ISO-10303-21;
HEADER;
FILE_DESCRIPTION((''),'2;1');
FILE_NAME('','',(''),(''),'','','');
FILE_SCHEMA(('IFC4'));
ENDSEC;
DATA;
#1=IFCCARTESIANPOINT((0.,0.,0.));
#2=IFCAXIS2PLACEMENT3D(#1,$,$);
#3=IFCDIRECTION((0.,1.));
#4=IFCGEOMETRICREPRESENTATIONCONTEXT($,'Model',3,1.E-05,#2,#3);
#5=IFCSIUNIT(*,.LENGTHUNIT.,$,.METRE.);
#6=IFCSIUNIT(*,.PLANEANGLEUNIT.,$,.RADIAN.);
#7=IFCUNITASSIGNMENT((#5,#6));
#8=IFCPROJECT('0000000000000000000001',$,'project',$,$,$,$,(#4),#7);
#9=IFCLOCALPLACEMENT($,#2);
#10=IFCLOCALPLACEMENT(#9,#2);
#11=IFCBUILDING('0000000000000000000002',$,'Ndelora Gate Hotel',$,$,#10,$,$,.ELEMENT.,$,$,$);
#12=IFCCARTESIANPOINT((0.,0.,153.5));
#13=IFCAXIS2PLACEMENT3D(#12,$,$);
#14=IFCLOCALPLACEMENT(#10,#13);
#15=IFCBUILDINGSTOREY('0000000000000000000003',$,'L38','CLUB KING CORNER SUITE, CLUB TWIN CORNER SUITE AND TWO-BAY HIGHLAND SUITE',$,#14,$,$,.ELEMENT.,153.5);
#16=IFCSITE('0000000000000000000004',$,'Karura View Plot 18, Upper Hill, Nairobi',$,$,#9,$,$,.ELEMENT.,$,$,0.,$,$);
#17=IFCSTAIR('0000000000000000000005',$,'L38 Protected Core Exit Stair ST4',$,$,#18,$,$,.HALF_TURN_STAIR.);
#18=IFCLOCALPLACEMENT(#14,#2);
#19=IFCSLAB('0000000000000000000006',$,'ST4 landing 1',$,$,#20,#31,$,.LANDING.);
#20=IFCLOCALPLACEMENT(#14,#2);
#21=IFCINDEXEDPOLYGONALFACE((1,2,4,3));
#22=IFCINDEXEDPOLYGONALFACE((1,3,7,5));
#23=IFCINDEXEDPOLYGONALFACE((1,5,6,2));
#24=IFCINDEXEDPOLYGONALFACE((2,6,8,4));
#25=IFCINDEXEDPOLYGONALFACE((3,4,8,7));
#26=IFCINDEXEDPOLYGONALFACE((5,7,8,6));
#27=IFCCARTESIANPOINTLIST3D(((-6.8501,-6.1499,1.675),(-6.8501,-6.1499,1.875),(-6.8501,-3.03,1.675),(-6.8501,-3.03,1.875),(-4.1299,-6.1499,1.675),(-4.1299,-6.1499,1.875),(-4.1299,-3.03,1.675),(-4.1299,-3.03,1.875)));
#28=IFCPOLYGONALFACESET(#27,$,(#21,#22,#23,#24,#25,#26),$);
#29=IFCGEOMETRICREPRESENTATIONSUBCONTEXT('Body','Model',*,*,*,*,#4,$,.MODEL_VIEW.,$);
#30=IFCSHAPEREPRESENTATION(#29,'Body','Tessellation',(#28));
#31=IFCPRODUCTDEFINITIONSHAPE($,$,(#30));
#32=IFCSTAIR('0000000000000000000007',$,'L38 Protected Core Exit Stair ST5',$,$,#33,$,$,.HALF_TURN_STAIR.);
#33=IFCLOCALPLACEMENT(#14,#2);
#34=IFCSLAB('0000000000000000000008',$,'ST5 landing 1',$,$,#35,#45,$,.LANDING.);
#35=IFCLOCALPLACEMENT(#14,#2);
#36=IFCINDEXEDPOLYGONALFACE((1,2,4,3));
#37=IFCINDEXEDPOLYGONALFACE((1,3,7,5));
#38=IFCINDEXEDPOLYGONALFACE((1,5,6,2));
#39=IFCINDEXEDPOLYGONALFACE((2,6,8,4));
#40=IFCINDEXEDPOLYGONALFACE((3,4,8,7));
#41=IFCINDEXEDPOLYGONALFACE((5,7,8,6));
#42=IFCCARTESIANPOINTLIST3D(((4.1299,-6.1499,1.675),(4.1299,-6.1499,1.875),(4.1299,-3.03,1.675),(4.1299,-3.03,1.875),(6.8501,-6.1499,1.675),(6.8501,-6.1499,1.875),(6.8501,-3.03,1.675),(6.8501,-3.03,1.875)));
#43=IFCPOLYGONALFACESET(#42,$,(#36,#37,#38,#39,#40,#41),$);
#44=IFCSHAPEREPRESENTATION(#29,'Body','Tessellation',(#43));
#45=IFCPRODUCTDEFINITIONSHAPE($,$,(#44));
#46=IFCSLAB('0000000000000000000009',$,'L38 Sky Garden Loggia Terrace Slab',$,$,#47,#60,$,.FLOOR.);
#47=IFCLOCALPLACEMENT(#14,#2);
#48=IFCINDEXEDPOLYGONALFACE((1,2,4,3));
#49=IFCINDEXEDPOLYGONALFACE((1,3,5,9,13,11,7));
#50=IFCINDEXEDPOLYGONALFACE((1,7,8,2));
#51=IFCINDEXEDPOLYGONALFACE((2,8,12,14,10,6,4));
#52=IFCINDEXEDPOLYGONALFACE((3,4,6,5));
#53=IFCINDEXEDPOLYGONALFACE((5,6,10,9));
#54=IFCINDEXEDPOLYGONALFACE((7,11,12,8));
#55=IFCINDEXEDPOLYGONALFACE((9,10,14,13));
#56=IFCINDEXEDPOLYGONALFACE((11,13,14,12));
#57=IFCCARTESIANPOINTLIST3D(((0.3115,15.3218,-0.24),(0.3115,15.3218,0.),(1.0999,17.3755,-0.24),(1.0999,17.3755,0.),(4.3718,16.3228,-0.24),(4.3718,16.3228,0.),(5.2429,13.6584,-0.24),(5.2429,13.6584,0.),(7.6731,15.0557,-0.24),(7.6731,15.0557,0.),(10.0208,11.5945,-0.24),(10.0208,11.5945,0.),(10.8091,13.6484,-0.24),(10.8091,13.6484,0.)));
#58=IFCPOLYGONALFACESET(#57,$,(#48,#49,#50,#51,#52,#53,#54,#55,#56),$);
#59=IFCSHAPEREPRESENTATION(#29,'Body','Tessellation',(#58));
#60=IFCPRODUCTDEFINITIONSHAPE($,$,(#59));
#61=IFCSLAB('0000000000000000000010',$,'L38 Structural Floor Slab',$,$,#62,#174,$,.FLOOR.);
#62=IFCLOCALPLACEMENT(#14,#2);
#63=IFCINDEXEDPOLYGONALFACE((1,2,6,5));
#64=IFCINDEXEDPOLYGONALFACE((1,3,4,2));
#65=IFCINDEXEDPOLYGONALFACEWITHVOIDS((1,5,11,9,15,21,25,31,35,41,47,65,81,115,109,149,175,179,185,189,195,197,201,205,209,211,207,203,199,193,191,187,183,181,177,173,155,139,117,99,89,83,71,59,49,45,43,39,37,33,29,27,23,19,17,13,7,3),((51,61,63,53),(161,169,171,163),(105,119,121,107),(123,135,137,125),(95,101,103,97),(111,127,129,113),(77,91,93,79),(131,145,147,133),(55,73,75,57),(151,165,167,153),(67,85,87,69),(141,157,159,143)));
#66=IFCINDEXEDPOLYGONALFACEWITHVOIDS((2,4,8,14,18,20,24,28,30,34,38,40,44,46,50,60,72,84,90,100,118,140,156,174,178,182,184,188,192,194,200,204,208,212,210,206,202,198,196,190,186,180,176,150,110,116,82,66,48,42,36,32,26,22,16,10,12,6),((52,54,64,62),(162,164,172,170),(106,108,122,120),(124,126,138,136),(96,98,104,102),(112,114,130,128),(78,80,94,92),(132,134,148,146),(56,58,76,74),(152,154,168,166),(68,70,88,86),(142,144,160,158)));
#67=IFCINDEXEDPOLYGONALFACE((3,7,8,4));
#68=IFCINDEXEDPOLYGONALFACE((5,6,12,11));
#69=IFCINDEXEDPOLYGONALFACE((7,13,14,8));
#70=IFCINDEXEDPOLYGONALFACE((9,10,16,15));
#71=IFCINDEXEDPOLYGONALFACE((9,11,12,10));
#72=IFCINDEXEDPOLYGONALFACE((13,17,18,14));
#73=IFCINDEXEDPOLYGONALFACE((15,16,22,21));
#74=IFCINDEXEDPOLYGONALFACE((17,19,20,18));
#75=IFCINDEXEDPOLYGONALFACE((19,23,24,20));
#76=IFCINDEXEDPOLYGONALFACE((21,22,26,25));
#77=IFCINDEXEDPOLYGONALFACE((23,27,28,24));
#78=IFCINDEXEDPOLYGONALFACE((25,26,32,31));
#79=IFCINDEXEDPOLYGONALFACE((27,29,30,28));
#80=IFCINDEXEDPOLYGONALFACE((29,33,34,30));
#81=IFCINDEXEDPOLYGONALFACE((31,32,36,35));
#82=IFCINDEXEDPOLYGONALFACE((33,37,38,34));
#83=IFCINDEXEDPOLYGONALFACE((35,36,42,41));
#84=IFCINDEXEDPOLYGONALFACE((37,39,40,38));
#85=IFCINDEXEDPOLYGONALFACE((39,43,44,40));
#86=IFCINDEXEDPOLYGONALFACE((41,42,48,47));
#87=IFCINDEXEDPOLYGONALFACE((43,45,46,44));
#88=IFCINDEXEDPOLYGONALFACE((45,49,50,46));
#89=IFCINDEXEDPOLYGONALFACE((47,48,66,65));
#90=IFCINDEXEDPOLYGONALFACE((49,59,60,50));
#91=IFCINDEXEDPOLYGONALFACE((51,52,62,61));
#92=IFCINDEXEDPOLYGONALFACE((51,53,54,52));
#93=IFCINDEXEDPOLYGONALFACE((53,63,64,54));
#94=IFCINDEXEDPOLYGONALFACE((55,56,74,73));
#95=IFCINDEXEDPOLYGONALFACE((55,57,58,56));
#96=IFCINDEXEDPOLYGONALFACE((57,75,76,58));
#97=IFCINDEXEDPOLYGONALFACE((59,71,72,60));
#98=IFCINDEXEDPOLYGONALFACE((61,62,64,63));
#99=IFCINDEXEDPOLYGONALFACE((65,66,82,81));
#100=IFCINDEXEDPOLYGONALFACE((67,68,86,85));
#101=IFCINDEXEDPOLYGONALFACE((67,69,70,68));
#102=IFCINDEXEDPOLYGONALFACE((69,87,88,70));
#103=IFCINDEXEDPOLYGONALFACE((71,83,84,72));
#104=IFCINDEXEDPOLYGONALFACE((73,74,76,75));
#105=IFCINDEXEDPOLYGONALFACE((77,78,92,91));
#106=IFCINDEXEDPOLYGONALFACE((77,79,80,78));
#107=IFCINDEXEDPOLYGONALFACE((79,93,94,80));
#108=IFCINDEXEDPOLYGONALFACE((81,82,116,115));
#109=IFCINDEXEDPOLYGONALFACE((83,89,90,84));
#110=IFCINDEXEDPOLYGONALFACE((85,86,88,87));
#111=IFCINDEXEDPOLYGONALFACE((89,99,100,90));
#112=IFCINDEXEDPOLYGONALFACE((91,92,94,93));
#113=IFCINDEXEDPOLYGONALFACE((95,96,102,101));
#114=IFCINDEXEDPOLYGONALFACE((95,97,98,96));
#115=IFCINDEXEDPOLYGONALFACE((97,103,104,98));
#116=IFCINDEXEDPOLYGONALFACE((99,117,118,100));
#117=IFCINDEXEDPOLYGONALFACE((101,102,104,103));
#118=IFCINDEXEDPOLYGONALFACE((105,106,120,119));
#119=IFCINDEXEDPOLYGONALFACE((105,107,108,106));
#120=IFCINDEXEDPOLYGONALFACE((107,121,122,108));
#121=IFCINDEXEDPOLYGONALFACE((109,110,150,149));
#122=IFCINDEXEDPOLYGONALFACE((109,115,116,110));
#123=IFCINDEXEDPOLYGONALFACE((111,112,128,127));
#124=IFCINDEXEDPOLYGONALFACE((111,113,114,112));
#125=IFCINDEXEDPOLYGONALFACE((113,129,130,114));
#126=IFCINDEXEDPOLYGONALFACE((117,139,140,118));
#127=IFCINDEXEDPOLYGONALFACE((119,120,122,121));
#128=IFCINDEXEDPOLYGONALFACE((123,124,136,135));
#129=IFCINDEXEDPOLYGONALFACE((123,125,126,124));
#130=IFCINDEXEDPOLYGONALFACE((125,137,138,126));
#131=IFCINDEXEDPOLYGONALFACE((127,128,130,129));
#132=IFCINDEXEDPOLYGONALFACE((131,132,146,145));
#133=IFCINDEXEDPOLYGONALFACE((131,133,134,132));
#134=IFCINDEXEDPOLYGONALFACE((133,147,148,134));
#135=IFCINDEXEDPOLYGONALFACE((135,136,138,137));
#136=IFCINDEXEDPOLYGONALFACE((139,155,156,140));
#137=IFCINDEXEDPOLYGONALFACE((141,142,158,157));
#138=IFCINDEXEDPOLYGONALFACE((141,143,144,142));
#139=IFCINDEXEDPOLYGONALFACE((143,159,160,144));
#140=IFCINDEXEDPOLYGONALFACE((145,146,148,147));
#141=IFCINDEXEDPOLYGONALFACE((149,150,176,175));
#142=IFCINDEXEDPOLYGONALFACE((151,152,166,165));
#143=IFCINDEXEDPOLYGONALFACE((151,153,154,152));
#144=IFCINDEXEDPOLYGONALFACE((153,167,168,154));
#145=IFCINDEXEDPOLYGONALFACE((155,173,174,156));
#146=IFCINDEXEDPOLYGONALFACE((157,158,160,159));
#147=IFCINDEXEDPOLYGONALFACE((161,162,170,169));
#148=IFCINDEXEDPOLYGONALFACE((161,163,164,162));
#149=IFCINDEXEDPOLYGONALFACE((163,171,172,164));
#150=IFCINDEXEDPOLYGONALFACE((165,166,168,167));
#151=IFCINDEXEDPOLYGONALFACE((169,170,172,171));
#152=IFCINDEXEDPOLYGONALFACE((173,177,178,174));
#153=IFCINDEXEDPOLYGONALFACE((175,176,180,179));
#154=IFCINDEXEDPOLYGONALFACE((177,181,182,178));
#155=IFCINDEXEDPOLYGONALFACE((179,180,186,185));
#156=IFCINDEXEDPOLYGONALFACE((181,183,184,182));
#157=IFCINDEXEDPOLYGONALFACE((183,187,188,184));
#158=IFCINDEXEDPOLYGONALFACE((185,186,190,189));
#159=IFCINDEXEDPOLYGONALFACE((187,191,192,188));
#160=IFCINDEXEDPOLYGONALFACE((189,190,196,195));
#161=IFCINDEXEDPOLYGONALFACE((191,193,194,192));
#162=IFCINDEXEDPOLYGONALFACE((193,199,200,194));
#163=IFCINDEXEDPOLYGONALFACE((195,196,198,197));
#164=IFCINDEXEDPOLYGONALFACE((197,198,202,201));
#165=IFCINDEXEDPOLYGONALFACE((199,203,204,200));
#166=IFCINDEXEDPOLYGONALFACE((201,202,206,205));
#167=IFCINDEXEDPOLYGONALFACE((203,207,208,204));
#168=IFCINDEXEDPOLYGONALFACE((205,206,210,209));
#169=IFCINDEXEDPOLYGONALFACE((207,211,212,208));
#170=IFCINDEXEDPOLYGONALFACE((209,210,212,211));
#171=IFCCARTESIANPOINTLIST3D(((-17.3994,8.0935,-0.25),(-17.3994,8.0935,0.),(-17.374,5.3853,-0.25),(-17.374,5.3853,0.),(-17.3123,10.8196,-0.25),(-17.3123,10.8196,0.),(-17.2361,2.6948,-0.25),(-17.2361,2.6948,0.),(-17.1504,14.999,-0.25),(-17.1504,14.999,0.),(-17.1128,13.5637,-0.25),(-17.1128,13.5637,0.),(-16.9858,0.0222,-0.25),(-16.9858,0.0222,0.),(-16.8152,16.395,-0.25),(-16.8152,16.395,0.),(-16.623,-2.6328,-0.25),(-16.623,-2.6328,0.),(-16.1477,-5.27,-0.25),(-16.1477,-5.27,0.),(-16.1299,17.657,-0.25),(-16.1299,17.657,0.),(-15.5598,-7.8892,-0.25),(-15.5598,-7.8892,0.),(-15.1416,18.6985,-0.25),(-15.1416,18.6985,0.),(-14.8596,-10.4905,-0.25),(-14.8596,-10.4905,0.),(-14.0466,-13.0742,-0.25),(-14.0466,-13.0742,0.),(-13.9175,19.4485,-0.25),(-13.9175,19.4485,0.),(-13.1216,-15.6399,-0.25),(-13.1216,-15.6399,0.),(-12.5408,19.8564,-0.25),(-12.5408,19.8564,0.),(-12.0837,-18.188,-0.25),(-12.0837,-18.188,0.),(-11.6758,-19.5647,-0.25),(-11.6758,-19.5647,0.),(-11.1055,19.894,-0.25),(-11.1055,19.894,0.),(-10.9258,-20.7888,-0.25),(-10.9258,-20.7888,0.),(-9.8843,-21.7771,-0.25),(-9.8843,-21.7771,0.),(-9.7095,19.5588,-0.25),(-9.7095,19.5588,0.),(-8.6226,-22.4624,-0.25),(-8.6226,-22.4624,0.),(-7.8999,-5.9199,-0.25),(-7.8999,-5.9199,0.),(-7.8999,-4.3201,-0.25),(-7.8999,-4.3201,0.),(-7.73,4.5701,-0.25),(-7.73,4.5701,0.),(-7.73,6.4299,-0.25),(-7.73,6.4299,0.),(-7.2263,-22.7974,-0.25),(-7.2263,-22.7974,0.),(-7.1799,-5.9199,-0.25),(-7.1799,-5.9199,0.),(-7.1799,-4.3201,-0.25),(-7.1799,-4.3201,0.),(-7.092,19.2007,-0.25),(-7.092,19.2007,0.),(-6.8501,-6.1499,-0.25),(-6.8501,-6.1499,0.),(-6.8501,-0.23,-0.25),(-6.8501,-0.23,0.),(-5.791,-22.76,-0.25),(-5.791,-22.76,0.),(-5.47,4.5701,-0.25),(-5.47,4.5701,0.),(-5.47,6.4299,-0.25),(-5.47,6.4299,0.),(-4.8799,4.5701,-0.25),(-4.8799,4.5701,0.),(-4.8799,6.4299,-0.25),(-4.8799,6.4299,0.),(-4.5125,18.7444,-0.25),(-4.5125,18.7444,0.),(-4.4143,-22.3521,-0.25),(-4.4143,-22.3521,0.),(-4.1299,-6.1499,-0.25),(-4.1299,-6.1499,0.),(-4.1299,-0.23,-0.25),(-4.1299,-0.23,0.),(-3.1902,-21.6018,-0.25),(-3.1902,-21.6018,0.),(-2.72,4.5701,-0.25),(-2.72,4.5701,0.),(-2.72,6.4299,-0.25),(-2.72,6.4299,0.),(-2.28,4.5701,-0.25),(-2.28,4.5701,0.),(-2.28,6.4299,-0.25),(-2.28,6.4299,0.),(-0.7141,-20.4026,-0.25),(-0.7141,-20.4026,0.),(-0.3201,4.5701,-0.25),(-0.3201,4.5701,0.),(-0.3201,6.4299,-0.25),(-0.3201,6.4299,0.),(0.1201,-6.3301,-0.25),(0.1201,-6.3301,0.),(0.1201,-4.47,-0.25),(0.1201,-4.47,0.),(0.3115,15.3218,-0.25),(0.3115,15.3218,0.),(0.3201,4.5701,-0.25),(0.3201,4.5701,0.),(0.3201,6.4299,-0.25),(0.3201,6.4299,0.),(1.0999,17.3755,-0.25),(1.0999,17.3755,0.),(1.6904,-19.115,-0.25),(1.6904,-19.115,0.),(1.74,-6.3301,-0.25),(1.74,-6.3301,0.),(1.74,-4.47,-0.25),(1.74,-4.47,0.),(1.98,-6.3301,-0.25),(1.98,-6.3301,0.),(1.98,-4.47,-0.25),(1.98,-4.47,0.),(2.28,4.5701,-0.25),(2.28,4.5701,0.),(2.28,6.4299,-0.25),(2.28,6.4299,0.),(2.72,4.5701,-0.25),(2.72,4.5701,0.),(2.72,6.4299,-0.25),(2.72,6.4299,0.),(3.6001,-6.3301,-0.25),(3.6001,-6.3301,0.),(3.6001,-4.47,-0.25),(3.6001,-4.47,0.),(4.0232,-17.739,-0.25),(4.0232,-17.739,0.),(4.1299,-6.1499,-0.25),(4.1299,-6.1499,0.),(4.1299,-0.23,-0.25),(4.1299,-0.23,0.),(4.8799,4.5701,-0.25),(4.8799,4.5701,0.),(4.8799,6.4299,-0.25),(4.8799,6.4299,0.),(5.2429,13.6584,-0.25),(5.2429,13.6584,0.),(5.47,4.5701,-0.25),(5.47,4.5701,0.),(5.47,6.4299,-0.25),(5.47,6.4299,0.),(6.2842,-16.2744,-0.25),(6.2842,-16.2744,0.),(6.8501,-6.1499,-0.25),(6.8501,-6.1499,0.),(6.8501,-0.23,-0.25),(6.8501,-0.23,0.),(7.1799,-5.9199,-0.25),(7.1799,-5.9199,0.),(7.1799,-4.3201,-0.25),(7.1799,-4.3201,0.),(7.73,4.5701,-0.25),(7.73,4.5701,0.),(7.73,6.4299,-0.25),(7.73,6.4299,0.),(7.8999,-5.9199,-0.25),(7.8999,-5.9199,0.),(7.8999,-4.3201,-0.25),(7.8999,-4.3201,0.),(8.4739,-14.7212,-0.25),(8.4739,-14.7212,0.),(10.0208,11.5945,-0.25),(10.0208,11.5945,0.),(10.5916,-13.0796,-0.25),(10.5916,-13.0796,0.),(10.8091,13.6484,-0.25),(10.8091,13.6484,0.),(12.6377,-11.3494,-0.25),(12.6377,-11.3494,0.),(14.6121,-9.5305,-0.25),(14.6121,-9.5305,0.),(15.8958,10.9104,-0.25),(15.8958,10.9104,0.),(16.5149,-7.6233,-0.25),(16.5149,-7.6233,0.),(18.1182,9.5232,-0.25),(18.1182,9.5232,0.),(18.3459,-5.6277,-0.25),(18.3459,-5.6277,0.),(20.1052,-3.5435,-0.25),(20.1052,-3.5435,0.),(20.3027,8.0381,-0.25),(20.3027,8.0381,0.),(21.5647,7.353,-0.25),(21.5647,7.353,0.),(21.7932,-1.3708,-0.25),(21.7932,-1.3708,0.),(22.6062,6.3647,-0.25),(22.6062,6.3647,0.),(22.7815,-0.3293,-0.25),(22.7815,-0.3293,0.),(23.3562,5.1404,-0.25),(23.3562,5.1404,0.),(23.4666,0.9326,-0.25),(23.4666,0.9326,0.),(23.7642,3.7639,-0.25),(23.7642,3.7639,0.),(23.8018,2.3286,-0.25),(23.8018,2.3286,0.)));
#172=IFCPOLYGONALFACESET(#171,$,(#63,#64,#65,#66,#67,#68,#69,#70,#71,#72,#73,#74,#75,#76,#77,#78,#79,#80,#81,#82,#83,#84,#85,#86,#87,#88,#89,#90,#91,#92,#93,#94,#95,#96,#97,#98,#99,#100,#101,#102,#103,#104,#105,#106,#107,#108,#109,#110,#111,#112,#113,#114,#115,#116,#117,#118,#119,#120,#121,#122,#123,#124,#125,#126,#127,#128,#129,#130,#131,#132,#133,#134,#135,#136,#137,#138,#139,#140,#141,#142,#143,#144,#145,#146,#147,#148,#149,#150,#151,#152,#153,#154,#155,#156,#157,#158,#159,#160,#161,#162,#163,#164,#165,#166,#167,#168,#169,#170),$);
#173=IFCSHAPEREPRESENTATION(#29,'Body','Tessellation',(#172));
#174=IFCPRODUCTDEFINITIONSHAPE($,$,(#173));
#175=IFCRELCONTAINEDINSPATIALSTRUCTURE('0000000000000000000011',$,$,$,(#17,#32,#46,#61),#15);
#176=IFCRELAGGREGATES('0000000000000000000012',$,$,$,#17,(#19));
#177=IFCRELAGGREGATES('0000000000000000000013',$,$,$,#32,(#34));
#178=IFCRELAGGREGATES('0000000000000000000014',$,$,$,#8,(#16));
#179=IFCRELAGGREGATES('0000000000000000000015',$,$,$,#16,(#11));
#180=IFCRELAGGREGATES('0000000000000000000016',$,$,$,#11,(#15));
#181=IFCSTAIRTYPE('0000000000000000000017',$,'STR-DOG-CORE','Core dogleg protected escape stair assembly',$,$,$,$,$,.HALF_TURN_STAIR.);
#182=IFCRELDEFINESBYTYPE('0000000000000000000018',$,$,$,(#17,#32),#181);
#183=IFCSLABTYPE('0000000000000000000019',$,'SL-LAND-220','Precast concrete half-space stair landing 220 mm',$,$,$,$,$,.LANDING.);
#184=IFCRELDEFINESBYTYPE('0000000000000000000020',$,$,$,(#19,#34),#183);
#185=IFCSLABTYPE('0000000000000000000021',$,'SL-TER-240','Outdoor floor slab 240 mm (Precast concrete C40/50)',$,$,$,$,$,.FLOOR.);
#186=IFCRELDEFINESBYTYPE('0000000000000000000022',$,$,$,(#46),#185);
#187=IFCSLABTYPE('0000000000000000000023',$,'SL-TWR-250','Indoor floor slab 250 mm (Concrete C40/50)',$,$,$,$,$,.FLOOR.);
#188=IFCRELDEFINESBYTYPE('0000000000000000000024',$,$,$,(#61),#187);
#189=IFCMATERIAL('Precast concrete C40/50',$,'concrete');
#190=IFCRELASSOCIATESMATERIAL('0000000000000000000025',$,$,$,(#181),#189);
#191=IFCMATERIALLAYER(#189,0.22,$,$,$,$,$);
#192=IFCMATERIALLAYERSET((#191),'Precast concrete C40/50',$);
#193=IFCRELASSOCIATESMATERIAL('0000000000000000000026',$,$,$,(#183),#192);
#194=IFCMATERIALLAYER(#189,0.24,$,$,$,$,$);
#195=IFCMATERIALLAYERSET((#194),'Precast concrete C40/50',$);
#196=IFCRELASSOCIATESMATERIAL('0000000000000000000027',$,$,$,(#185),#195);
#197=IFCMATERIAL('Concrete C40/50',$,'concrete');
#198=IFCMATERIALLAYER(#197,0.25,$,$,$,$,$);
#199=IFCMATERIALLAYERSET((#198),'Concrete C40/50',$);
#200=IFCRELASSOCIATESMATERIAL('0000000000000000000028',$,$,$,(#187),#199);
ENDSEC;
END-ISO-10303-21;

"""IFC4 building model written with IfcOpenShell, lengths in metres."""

from ifc_helpers import new_model, si_unit, direction, frame, origin, place, context, subcontext, project, spatial, polyline, outline, extrude, material, layer, layer_set, type_object, element, aggregate, save


model = new_model("IFC4")

# Units and contexts
model_context = context("Model", 3, precision=1e-05, world=origin(), true_north=direction((0.0, 1.0)))
body_context = subcontext(model_context, "Body", "Model", "MODEL_VIEW")
ifc_project = project(units=[si_unit("LENGTHUNIT", "METRE"), si_unit("PLANEANGLEUNIT", "RADIAN")], contexts=[model_context])

# Site, building, storey
site_placement = place(None, origin())
site = spatial("IfcSite", under=ifc_project, at=site_placement, Name="Karura View Plot 18, Upper Hill, Nairobi", CompositionType="ELEMENT", RefElevation=0.0)
building_placement = place(site_placement, origin())
building = spatial("IfcBuilding", under=site, at=building_placement, Name="Ndelora Gate Hotel", CompositionType="ELEMENT")
storey_placement = place(building_placement, frame((0.0, 0.0, 153.5)))
storey = spatial("IfcBuildingStorey", under=building, at=storey_placement, Name="L38", Description="CLUB KING CORNER SUITE, CLUB TWIN CORNER SUITE AND TWO-BAY HIGHLAND SUITE", CompositionType="ELEMENT", Elevation=153.5)

# Stairs, slabs
ifc_material_1 = material(Name="Precast concrete C40/50", Category="concrete")
stair_type = type_object("IfcStairType", Name="STR-DOG-CORE", Description="Core dogleg protected escape stair assembly", PredefinedType="HALF_TURN_STAIR", material=ifc_material_1)
stair_1_placement = place(storey_placement, origin())
stair_1 = element("IfcStair", 1, at=stair_1_placement, inside=storey, type_object=stair_type, Name="L38 Protected Core Exit Stair ST4", PredefinedType="HALF_TURN_STAIR")
ifc_layer_1 = layer(ifc_material_1, 0.22)
ifc_layer_set_1 = layer_set([ifc_layer_1], Name="Precast concrete C40/50")
slab_type_1 = type_object("IfcSlabType", Name="SL-LAND-220", Description="Precast concrete half-space stair landing 220 mm", PredefinedType="LANDING", material=ifc_layer_set_1)
slab_1_placement = place(storey_placement, frame((0.0, 0.0, 1.675)))
slab_1 = element("IfcSlab", 2, at=slab_1_placement, type_object=slab_type_1, Name="ST4 landing 1", PredefinedType="LANDING", context=body_context, shape_type="SweptSolid", body=[
    extrude(outline(polyline([(-6.8501, -3.03), (-6.8501, -6.1499), (-4.1299, -6.1499), (-4.1299, -3.03), (-6.8501, -3.03)])), origin(), (0.0, 0.0, 1.0), 0.2),
])
aggregate(stair_1, [slab_1])
stair_2_placement = place(storey_placement, origin())
stair_2 = element("IfcStair", 3, at=stair_2_placement, inside=storey, type_object=stair_type, Name="L38 Protected Core Exit Stair ST5", PredefinedType="HALF_TURN_STAIR")
slab_2_placement = place(storey_placement, frame((0.0, 0.0, 1.675)))
slab_2 = element("IfcSlab", 4, at=slab_2_placement, type_object=slab_type_1, Name="ST5 landing 1", PredefinedType="LANDING", context=body_context, shape_type="SweptSolid", body=[
    extrude(outline(polyline([(4.1299, -3.03), (4.1299, -6.1499), (6.8501, -6.1499), (6.8501, -3.03), (4.1299, -3.03)])), origin(), (0.0, 0.0, 1.0), 0.2),
])

# Slabs
ifc_layer_2 = layer(ifc_material_1, 0.24)
ifc_layer_set_2 = layer_set([ifc_layer_2], Name="Precast concrete C40/50")
slab_type_2 = type_object("IfcSlabType", Name="SL-TER-240", Description="Outdoor floor slab 240 mm (Precast concrete C40/50)", PredefinedType="FLOOR", material=ifc_layer_set_2)
slab_3_placement = place(storey_placement, frame((0.0, 0.0, -0.24)))
element("IfcSlab", 5, at=slab_3_placement, inside=storey, type_object=slab_type_2, Name="L38 Sky Garden Loggia Terrace Slab", PredefinedType="FLOOR", context=body_context, shape_type="SweptSolid", body=[
    extrude(outline(polyline([(10.0208, 11.5945), (10.8091, 13.6484), (7.6731, 15.0557), (4.3718, 16.3228), (1.0999, 17.3755), (0.3115, 15.3218), (5.2429, 13.6584), (10.0208, 11.5945)])), origin(), (0.0, 0.0, 1.0), 0.24),
])
ifc_material_2 = material(Name="Concrete C40/50", Category="concrete")
ifc_layer_3 = layer(ifc_material_2, 0.25)
ifc_layer_set_3 = layer_set([ifc_layer_3], Name="Concrete C40/50")
slab_type_3 = type_object("IfcSlabType", Name="SL-TWR-250", Description="Indoor floor slab 250 mm (Concrete C40/50)", PredefinedType="FLOOR", material=ifc_layer_set_3)
slab_4_placement = place(storey_placement, frame((0.0, 0.0, -0.25)))
element("IfcSlab", 6, at=slab_4_placement, inside=storey, type_object=slab_type_3, Name="L38 Structural Floor Slab", PredefinedType="FLOOR", context=body_context, shape_type="SweptSolid", body=[
    extrude(outline(polyline([(-9.7095, 19.5588), (-11.1055, 19.894), (-12.5408, 19.8564), (-13.9175, 19.4485), (-15.1416, 18.6985), (-16.1299, 17.657), (-16.8152, 16.395), (-17.1504, 14.999), (-17.1128, 13.5637), (-17.3123, 10.8196), (-17.3994, 8.0935), (-17.374, 5.3853), (-17.2361, 2.6948), (-16.9858, 0.0222), (-16.623, -2.6328), (-16.1477, -5.27), (-15.5598, -7.8892), (-14.8596, -10.4905), (-14.0466, -13.0742), (-13.1216, -15.6399), (-12.0837, -18.188), (-11.6758, -19.5647), (-10.9258, -20.7888), (-9.8843, -21.7771), (-8.6226, -22.4624), (-7.2263, -22.7974), (-5.791, -22.76), (-4.4143, -22.3521), (-3.1902, -21.6018), (-0.7141, -20.4026), (1.6904, -19.115), (4.0232, -17.739), (6.2842, -16.2744), (8.4739, -14.7212), (10.5916, -13.0796), (12.6377, -11.3494), (14.6121, -9.5305), (16.5149, -7.6233), (18.3459, -5.6277), (20.1052, -3.5435), (21.7932, -1.3708), (22.7815, -0.3293), (23.4666, 0.9326), (23.8018, 2.3286), (23.7642, 3.7639), (23.3562, 5.1404), (22.6062, 6.3647), (21.5647, 7.353), (20.3027, 8.0381), (18.1182, 9.5232), (15.8958, 10.9104), (10.8091, 13.6484), (10.0208, 11.5945), (5.2429, 13.6584), (0.3115, 15.3218), (1.0999, 17.3755), (-4.5125, 18.7444), (-7.092, 19.2007), (-9.7095, 19.5588)]), holes=[polyline([(-6.8501, -0.23), (-6.8501, -6.1499), (-4.1299, -6.1499), (-4.1299, -0.23), (-6.8501, -0.23)]), polyline([(4.1299, -0.23), (4.1299, -6.1499), (6.8501, -6.1499), (6.8501, -0.23), (4.1299, -0.23)]), polyline([(-7.73, 4.5701), (-5.47, 4.5701), (-5.47, 6.4299), (-7.73, 6.4299), (-7.73, 4.5701)]), polyline([(5.47, 4.5701), (7.73, 4.5701), (7.73, 6.4299), (5.47, 6.4299), (5.47, 4.5701)]), polyline([(-4.8799, 4.5701), (-2.72, 4.5701), (-2.72, 6.4299), (-4.8799, 6.4299), (-4.8799, 4.5701)]), polyline([(2.72, 4.5701), (4.8799, 4.5701), (4.8799, 6.4299), (2.72, 6.4299), (2.72, 4.5701)]), polyline([(0.1201, -6.3301), (1.74, -6.3301), (1.74, -4.47), (0.1201, -4.47), (0.1201, -6.3301)]), polyline([(1.98, -6.3301), (3.6001, -6.3301), (3.6001, -4.47), (1.98, -4.47), (1.98, -6.3301)]), polyline([(-2.28, 4.5701), (-0.3201, 4.5701), (-0.3201, 6.4299), (-2.28, 6.4299), (-2.28, 4.5701)]), polyline([(0.3201, 4.5701), (2.28, 4.5701), (2.28, 6.4299), (0.3201, 6.4299), (0.3201, 4.5701)]), polyline([(-7.8999, -5.9199), (-7.1799, -5.9199), (-7.1799, -4.3201), (-7.8999, -4.3201), (-7.8999, -5.9199)]), polyline([(7.1799, -5.9199), (7.8999, -5.9199), (7.8999, -4.3201), (7.1799, -4.3201), (7.1799, -5.9199)])]), origin(), (0.0, 0.0, 1.0), 0.25),
])

aggregate(stair_2, [slab_2])

save(model, "model.ifc")
